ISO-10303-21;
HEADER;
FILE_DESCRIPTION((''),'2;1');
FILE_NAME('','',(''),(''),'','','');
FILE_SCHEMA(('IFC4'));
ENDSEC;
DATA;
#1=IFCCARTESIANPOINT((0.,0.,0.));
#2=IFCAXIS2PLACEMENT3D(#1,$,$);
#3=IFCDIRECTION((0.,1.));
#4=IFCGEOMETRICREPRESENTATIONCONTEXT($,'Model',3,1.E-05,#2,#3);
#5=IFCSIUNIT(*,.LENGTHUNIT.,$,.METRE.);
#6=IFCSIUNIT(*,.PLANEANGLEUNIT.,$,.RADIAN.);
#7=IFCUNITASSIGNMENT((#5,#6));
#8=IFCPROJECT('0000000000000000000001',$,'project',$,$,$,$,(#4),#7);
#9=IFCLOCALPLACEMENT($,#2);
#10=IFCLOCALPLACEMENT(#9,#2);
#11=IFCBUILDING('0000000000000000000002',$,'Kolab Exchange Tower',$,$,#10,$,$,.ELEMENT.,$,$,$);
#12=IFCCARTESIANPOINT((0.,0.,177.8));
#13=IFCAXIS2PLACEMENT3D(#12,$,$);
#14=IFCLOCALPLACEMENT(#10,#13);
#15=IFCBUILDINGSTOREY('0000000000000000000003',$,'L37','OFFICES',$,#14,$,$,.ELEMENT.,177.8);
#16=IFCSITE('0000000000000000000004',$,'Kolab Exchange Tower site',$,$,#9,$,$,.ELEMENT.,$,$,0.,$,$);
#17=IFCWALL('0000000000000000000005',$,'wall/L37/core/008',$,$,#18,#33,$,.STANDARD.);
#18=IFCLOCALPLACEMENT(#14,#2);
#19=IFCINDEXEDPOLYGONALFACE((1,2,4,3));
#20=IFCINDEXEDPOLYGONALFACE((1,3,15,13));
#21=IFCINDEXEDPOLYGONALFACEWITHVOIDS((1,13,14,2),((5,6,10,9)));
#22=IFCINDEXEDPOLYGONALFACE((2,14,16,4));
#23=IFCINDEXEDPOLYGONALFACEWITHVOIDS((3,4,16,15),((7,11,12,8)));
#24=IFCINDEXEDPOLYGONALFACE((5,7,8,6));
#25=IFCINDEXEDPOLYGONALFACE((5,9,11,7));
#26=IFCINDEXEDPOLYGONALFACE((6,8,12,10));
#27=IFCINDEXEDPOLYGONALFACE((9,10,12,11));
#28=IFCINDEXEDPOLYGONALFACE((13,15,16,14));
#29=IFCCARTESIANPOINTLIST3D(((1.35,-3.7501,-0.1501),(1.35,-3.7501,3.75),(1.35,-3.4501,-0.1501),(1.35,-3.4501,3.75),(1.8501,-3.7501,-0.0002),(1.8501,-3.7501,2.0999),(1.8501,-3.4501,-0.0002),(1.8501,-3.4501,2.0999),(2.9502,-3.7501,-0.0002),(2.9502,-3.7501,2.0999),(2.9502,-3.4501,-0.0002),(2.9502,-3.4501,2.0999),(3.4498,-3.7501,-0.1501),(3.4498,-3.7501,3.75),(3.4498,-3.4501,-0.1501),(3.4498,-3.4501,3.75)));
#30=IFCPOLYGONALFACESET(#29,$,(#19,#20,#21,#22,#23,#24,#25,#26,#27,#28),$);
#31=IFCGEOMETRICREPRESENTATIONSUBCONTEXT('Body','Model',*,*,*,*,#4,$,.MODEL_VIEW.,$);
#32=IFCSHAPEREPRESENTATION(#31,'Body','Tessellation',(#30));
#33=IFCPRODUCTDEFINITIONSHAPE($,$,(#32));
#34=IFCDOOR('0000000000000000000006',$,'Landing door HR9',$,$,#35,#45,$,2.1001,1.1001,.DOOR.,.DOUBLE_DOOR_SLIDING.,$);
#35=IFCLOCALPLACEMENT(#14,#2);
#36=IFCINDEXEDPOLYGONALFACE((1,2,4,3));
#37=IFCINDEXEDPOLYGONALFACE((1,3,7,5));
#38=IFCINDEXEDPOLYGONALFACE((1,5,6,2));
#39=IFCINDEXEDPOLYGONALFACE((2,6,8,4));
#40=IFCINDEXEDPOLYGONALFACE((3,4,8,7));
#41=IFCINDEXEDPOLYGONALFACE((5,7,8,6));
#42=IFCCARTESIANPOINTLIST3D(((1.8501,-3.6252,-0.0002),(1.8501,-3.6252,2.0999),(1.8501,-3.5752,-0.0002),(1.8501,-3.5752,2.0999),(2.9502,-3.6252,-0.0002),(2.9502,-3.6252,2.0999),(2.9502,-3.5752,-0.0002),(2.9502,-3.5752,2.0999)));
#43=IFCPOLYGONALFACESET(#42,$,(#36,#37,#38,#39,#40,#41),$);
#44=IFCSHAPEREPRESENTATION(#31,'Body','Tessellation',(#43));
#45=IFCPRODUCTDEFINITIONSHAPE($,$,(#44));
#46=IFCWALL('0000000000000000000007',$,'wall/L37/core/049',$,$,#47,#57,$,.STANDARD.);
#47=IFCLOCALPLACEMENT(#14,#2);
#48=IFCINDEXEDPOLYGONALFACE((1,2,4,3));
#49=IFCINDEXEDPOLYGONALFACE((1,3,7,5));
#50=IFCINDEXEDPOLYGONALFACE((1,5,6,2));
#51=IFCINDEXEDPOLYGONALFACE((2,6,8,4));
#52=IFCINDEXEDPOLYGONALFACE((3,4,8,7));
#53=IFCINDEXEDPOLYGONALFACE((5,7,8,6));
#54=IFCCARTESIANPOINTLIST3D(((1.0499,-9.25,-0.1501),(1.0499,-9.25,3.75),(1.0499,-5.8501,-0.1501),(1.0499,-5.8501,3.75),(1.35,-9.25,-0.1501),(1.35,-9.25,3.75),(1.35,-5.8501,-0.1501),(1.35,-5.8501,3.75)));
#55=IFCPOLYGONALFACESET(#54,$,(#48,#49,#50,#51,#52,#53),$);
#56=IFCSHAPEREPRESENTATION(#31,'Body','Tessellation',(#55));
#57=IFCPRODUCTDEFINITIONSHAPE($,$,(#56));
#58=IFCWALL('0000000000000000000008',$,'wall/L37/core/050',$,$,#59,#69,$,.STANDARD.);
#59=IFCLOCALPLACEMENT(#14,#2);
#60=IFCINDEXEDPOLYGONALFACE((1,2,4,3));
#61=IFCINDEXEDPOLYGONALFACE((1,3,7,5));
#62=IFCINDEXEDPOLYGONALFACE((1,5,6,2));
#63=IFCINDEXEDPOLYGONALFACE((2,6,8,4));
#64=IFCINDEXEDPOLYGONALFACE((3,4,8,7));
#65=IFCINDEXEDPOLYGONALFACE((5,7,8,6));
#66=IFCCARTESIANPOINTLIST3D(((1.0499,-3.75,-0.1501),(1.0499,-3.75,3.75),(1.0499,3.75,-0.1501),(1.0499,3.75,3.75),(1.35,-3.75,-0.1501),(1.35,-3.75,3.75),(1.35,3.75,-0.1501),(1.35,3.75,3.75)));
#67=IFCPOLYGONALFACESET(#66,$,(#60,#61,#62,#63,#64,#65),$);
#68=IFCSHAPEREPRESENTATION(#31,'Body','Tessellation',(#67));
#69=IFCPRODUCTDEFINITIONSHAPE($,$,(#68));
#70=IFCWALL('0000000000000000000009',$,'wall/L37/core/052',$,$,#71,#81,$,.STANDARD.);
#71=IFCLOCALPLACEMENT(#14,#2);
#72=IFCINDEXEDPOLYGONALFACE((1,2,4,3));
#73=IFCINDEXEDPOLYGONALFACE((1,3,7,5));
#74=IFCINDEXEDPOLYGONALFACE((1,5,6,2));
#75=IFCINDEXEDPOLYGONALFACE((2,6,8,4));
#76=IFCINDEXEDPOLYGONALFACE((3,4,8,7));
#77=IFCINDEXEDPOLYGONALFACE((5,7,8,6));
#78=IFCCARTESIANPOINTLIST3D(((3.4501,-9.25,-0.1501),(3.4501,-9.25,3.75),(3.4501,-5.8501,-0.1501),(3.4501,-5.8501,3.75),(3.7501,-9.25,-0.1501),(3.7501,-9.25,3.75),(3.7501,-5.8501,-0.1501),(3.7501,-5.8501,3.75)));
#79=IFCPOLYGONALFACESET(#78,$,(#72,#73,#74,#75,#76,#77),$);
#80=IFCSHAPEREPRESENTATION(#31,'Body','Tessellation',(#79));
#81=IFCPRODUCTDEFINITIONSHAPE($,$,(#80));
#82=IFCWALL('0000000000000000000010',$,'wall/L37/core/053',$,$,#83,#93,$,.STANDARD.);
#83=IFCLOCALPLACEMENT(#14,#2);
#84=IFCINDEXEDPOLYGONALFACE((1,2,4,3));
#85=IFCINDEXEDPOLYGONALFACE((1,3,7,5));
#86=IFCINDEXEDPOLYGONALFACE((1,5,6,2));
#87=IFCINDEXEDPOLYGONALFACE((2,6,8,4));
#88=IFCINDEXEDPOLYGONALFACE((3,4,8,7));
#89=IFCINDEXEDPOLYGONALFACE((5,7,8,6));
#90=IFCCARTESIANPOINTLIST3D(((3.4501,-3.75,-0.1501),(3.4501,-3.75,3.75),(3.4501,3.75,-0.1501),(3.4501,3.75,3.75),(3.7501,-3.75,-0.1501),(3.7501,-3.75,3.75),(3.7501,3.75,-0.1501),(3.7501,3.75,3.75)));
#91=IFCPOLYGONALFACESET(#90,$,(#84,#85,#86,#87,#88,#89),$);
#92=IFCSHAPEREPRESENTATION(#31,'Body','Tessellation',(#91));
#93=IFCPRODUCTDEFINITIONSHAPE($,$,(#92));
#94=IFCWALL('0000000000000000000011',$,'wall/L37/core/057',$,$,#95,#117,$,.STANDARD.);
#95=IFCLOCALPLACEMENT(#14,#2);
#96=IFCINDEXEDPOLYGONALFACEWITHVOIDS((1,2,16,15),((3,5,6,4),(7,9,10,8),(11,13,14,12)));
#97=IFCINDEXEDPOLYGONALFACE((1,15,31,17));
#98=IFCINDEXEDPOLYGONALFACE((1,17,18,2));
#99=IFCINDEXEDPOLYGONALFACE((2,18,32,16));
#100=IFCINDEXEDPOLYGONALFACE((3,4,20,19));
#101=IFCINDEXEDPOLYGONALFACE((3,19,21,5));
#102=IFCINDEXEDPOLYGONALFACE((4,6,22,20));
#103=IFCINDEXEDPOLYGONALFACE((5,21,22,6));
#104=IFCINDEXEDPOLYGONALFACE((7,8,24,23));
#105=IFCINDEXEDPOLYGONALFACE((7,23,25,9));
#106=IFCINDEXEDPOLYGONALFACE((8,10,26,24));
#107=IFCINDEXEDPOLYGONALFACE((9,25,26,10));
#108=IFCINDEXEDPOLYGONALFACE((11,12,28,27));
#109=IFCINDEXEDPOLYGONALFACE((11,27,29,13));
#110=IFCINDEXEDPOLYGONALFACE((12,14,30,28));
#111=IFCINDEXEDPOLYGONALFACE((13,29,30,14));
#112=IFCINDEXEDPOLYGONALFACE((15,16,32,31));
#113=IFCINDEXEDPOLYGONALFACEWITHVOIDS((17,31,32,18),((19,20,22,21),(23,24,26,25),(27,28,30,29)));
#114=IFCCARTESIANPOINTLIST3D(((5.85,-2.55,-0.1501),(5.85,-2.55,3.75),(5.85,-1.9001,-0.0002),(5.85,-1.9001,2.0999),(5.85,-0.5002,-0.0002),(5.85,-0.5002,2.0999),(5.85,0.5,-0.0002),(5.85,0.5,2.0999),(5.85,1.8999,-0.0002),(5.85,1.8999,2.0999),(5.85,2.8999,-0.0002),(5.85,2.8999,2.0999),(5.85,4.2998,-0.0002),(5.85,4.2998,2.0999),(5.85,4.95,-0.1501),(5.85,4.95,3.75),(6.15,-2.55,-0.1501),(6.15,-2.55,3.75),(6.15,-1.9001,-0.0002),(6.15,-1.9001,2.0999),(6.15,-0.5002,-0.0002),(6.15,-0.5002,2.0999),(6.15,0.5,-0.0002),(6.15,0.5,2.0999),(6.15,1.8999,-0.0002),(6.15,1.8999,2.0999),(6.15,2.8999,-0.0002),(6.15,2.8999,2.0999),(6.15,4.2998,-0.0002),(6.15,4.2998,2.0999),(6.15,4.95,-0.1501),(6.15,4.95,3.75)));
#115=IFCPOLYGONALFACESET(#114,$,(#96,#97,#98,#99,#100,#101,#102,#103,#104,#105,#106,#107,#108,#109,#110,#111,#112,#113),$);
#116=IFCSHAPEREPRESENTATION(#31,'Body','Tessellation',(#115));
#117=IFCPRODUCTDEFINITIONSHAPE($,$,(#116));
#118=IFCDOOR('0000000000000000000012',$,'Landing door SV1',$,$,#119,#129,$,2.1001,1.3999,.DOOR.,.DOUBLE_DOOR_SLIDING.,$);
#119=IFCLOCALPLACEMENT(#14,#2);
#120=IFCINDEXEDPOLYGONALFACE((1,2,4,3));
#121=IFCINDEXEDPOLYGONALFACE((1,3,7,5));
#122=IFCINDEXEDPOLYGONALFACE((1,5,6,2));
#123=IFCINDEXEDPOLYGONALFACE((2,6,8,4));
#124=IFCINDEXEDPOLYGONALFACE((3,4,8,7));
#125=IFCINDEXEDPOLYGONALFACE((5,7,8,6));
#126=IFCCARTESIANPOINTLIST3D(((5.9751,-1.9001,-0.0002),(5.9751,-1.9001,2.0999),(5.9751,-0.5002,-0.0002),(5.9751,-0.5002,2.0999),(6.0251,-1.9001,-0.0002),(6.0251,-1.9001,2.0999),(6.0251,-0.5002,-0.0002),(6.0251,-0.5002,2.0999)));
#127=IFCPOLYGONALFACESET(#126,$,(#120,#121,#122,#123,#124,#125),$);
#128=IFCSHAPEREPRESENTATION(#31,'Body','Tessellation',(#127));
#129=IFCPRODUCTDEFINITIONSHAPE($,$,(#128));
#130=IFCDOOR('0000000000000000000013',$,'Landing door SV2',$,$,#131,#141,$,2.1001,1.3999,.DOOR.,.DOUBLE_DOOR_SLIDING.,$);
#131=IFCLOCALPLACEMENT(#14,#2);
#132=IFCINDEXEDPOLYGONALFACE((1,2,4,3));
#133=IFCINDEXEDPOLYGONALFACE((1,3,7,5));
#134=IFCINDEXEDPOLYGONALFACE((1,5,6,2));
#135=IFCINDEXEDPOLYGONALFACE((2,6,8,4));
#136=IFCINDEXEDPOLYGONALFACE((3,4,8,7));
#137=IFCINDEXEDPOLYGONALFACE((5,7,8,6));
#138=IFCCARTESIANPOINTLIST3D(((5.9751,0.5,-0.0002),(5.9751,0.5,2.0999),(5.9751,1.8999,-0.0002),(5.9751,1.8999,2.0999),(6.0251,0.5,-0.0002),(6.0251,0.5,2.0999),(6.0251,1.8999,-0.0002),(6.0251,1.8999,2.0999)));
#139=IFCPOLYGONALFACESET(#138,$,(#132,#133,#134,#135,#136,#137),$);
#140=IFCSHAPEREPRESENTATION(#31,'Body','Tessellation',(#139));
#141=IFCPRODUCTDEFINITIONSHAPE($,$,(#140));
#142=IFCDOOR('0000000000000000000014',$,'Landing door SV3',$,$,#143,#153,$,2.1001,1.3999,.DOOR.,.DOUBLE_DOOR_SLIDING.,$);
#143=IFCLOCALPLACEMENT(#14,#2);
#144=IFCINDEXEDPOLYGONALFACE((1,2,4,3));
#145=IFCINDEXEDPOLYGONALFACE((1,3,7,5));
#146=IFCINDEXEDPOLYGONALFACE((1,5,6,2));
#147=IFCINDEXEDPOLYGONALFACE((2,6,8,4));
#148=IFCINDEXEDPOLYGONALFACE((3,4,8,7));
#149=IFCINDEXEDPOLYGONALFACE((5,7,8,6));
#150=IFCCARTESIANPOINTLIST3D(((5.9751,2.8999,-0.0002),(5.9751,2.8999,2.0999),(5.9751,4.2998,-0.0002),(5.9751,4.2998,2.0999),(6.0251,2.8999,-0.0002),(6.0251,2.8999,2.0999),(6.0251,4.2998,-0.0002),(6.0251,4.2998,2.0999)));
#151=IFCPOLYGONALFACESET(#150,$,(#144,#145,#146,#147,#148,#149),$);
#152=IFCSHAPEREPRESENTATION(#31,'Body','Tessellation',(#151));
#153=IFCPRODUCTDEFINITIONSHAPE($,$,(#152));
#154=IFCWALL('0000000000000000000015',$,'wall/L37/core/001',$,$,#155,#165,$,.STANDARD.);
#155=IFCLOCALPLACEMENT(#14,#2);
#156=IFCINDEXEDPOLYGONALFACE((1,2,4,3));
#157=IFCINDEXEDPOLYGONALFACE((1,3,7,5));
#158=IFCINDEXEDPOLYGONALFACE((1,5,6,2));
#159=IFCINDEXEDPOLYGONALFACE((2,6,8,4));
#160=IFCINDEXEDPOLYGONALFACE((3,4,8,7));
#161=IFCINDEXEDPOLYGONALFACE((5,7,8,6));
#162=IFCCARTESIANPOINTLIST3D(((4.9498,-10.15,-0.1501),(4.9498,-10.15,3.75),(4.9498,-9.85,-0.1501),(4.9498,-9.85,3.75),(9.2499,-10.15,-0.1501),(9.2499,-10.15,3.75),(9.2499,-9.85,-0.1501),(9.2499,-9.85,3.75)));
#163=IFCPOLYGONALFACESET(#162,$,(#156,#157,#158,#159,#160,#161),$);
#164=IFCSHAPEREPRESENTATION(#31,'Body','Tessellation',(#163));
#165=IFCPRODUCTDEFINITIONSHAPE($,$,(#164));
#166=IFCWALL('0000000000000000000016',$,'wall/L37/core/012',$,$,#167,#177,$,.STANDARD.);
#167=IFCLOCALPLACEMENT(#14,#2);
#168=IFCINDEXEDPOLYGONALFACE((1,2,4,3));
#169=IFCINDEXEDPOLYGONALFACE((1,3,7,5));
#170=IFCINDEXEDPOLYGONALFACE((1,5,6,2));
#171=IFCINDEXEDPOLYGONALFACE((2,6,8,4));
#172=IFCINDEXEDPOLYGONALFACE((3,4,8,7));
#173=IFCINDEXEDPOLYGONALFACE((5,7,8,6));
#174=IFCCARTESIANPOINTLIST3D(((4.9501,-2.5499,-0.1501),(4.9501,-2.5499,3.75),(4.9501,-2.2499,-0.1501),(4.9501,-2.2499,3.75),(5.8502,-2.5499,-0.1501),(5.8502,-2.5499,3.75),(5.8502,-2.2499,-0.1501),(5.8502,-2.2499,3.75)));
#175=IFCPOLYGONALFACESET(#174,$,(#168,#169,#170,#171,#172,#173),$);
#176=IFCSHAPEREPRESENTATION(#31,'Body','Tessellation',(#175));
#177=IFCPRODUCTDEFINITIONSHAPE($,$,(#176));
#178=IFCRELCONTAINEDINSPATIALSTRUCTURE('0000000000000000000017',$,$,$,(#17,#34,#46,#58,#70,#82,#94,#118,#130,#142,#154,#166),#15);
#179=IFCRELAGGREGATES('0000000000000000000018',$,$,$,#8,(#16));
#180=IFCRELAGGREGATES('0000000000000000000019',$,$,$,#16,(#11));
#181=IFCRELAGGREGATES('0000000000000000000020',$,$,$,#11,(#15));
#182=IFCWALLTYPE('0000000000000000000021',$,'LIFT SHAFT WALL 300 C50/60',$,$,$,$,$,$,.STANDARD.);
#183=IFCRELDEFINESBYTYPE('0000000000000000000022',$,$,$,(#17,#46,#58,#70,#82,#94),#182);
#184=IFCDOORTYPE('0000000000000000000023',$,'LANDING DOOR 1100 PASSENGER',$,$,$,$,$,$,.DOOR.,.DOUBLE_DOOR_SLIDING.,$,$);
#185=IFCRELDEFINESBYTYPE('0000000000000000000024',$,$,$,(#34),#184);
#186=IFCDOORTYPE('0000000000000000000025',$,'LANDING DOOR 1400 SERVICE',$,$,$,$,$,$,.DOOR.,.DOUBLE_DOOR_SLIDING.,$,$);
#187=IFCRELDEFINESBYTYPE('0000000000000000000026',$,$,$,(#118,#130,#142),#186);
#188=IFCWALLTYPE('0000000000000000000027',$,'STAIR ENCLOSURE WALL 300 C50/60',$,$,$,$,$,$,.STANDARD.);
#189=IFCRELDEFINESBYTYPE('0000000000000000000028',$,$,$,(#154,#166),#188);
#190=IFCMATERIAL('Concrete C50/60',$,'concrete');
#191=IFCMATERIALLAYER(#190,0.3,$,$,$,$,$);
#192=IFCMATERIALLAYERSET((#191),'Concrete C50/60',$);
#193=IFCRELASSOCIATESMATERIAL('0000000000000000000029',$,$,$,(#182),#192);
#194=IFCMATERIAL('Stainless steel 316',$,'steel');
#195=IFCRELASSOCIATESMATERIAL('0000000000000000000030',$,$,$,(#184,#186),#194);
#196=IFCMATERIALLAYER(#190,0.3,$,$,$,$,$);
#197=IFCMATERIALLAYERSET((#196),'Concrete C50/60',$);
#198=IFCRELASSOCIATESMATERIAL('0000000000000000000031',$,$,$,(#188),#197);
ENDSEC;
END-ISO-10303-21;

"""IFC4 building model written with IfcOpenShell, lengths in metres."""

from ifc_helpers import new_model, si_unit, direction, frame, frame_2d, origin, place, context, subcontext, project, spatial, rectangle, extrude, material, layer, layer_set, type_object, element, fill, save


model = new_model("IFC4")

# Units and contexts
model_context = context("Model", 3, precision=1e-05, world=origin(), true_north=direction((0.0, 1.0)))
body_context = subcontext(model_context, "Body", "Model", "MODEL_VIEW")
ifc_project = project(units=[si_unit("LENGTHUNIT", "METRE"), si_unit("PLANEANGLEUNIT", "RADIAN")], contexts=[model_context])

# Site, building, storey
site_placement = place(None, origin())
site = spatial("IfcSite", under=ifc_project, at=site_placement, Name="Kolab Exchange Tower site", CompositionType="ELEMENT", RefElevation=0.0)
building_placement = place(site_placement, origin())
building = spatial("IfcBuilding", under=site, at=building_placement, Name="Kolab Exchange Tower", CompositionType="ELEMENT")
storey_placement = place(building_placement, frame((0.0, 0.0, 177.8)))
storey = spatial("IfcBuildingStorey", under=building, at=storey_placement, Name="L37", Description="OFFICES", CompositionType="ELEMENT", Elevation=177.8)

# Wall, opening, door
ifc_material_1 = material(Name="Concrete C50/60", Category="concrete")
ifc_layer_1 = layer(ifc_material_1, 0.3)
ifc_layer_set_1 = layer_set([ifc_layer_1], Name="Concrete C50/60")
wall_type_1 = type_object("IfcWallType", Name="LIFT SHAFT WALL 300 C50/60", PredefinedType="STANDARD", material=ifc_layer_set_1)
ifc_material_2 = material(Name="Stainless steel 316", Category="steel")
door_type_1 = type_object("IfcDoorType", Name="LANDING DOOR 1100 PASSENGER", OperationType="DOUBLE_DOOR_SLIDING", PredefinedType="DOOR", material=ifc_material_2)
wall_1_placement = place(storey_placement, frame((1.3501, -3.6001, -0.1501), z_axis=(0.0, 0.0, 1.0), x_axis=(1.0, 0.0, 0.0)))
wall_1 = element("IfcWall", 1, at=wall_1_placement, inside=storey, type_object=wall_type_1, Name="wall/L37/core/008", PredefinedType="STANDARD", context=body_context, shape_type="SweptSolid", body=[
    extrude(rectangle(XDim=2.0999, YDim=0.3, at=frame_2d((1.0498, 0.0))), origin(), (0.0, 0.0, 1.0), 3.9001),
])
opening_1_placement = place(wall_1_placement, frame((0.5, 0.0, 0.1499)))
opening_1 = element("IfcOpeningElement", 2, at=opening_1_placement, cuts=wall_1, PredefinedType="OPENING", context=body_context, shape_type="SweptSolid", body=[
    extrude(rectangle(XDim=1.1001, YDim=2.1001, at=frame_2d((0.55, 1.05))), frame((0.0, 0.1602, 0.0), z_axis=(0.0, -1.0, 0.0), x_axis=(1.0, 0.0, 0.0)), (0.0, 0.0, 1.0), 0.3201),
])
door_1_placement = place(opening_1_placement, origin())
door_1 = element("IfcDoor", 3, at=door_1_placement, inside=storey, type_object=door_type_1, Name="Landing door HR9", OperationType="DOUBLE_DOOR_SLIDING", OverallHeight=2.1001, OverallWidth=1.1001, PredefinedType="DOOR", context=body_context, shape_type="SweptSolid", body=[
    extrude(rectangle(XDim=1.1001, YDim=2.1001, at=frame_2d((0.55, 1.05))), frame((0.0, 0.0249, 0.0), z_axis=(0.0, -1.0, 0.0), x_axis=(1.0, 0.0, 0.0)), (0.0, 0.0, 1.0), 0.05),
])
fill(opening_1, door_1)

# Walls
wall_2_placement = place(storey_placement, frame((1.2, -9.25, -0.1501), z_axis=(0.0, 0.0, 1.0), x_axis=(0.0, 1.0, 0.0)))
element("IfcWall", 4, at=wall_2_placement, inside=storey, type_object=wall_type_1, Name="wall/L37/core/049", PredefinedType="STANDARD", context=body_context, shape_type="SweptSolid", body=[
    extrude(rectangle(XDim=3.3999, YDim=0.3, at=frame_2d((1.7, 0.0))), origin(), (0.0, 0.0, 1.0), 3.9001),
])
wall_3_placement = place(storey_placement, frame((1.2, -3.75, -0.1501), z_axis=(0.0, 0.0, 1.0), x_axis=(0.0, 1.0, 0.0)))
element("IfcWall", 5, at=wall_3_placement, inside=storey, type_object=wall_type_1, Name="wall/L37/core/050", PredefinedType="STANDARD", context=body_context, shape_type="SweptSolid", body=[
    extrude(rectangle(XDim=7.5, YDim=0.3, at=frame_2d((3.75, 0.0))), origin(), (0.0, 0.0, 1.0), 3.9001),
])
wall_4_placement = place(storey_placement, frame((3.6001, -9.25, -0.1501), z_axis=(0.0, 0.0, 1.0), x_axis=(0.0, 1.0, 0.0)))
element("IfcWall", 6, at=wall_4_placement, inside=storey, type_object=wall_type_1, Name="wall/L37/core/052", PredefinedType="STANDARD", context=body_context, shape_type="SweptSolid", body=[
    extrude(rectangle(XDim=3.3999, YDim=0.3, at=frame_2d((1.7, 0.0))), origin(), (0.0, 0.0, 1.0), 3.9001),
])
wall_5_placement = place(storey_placement, frame((3.6001, -3.75, -0.1501), z_axis=(0.0, 0.0, 1.0), x_axis=(0.0, 1.0, 0.0)))
element("IfcWall", 7, at=wall_5_placement, inside=storey, type_object=wall_type_1, Name="wall/L37/core/053", PredefinedType="STANDARD", context=body_context, shape_type="SweptSolid", body=[
    extrude(rectangle(XDim=7.5, YDim=0.3, at=frame_2d((3.75, 0.0))), origin(), (0.0, 0.0, 1.0), 3.9001),
])

# Wall, openings, doors
wall_6_placement = place(storey_placement, frame((6.0, -2.55, -0.1501), z_axis=(0.0, 0.0, 1.0), x_axis=(0.0, 1.0, 0.0)))
wall_6 = element("IfcWall", 8, at=wall_6_placement, inside=storey, type_object=wall_type_1, Name="wall/L37/core/057", PredefinedType="STANDARD", context=body_context, shape_type="SweptSolid", body=[
    extrude(rectangle(XDim=7.5, YDim=0.3, at=frame_2d((3.75, 0.0))), origin(), (0.0, 0.0, 1.0), 3.9001),
])
opening_2_placement = place(wall_6_placement, frame((0.6499, 0.0, 0.1499)))
opening_2 = element("IfcOpeningElement", 9, at=opening_2_placement, cuts=wall_6, PredefinedType="OPENING", context=body_context, shape_type="SweptSolid", body=[
    extrude(rectangle(XDim=1.3999, YDim=2.1001, at=frame_2d((0.7, 1.05))), frame((0.0, 0.1602, 0.0), z_axis=(0.0, -1.0, 0.0), x_axis=(1.0, 0.0, 0.0)), (0.0, 0.0, 1.0), 0.3201),
])
opening_3_placement = place(wall_6_placement, frame((3.05, 0.0, 0.1499)))
opening_3 = element("IfcOpeningElement", 10, at=opening_3_placement, cuts=wall_6, PredefinedType="OPENING", context=body_context, shape_type="SweptSolid", body=[
    extrude(rectangle(XDim=1.3999, YDim=2.1001, at=frame_2d((0.7, 1.05))), frame((0.0, 0.1602, 0.0), z_axis=(0.0, -1.0, 0.0), x_axis=(1.0, 0.0, 0.0)), (0.0, 0.0, 1.0), 0.3201),
])
opening_4_placement = place(wall_6_placement, frame((5.45, 0.0, 0.1499)))
opening_4 = element("IfcOpeningElement", 11, at=opening_4_placement, cuts=wall_6, PredefinedType="OPENING", context=body_context, shape_type="SweptSolid", body=[
    extrude(rectangle(XDim=1.3999, YDim=2.1001, at=frame_2d((0.7, 1.05))), frame((0.0, 0.1602, 0.0), z_axis=(0.0, -1.0, 0.0), x_axis=(1.0, 0.0, 0.0)), (0.0, 0.0, 1.0), 0.3201),
])
door_type_2 = type_object("IfcDoorType", Name="LANDING DOOR 1400 SERVICE", OperationType="DOUBLE_DOOR_SLIDING", PredefinedType="DOOR", material=ifc_material_2)
door_2_placement = place(opening_2_placement, origin())
door_2 = element("IfcDoor", 12, at=door_2_placement, inside=storey, type_object=door_type_2, Name="Landing door SV1", OperationType="DOUBLE_DOOR_SLIDING", OverallHeight=2.1001, OverallWidth=1.3999, PredefinedType="DOOR", context=body_context, shape_type="SweptSolid", body=[
    extrude(rectangle(XDim=1.3999, YDim=2.1001, at=frame_2d((0.7, 1.05))), frame((0.0, 0.0249, 0.0), z_axis=(0.0, -1.0, 0.0), x_axis=(1.0, 0.0, 0.0)), (0.0, 0.0, 1.0), 0.05),
])
fill(opening_2, door_2)
door_3_placement = place(opening_3_placement, origin())
door_3 = element("IfcDoor", 13, at=door_3_placement, inside=storey, type_object=door_type_2, Name="Landing door SV2", OperationType="DOUBLE_DOOR_SLIDING", OverallHeight=2.1001, OverallWidth=1.3999, PredefinedType="DOOR", context=body_context, shape_type="SweptSolid", body=[
    extrude(rectangle(XDim=1.3999, YDim=2.1001, at=frame_2d((0.7, 1.05))), frame((0.0, 0.0249, 0.0), z_axis=(0.0, -1.0, 0.0), x_axis=(1.0, 0.0, 0.0)), (0.0, 0.0, 1.0), 0.05),
])
fill(opening_3, door_3)
door_4_placement = place(opening_4_placement, origin())
door_4 = element("IfcDoor", 14, at=door_4_placement, inside=storey, type_object=door_type_2, Name="Landing door SV3", OperationType="DOUBLE_DOOR_SLIDING", OverallHeight=2.1001, OverallWidth=1.3999, PredefinedType="DOOR", context=body_context, shape_type="SweptSolid", body=[
    extrude(rectangle(XDim=1.3999, YDim=2.1001, at=frame_2d((0.7, 1.05))), frame((0.0, 0.0249, 0.0), z_axis=(0.0, -1.0, 0.0), x_axis=(1.0, 0.0, 0.0)), (0.0, 0.0, 1.0), 0.05),
])
fill(opening_4, door_4)

# Walls
ifc_layer_2 = layer(ifc_material_1, 0.3)
ifc_layer_set_2 = layer_set([ifc_layer_2], Name="Concrete C50/60")
wall_type_2 = type_object("IfcWallType", Name="STAIR ENCLOSURE WALL 300 C50/60", PredefinedType="STANDARD", material=ifc_layer_set_2)
wall_7_placement = place(storey_placement, frame((4.95, -10.0, -0.1501), z_axis=(0.0, 0.0, 1.0), x_axis=(1.0, 0.0, 0.0)))
element("IfcWall", 15, at=wall_7_placement, inside=storey, type_object=wall_type_2, Name="wall/L37/core/001", PredefinedType="STANDARD", context=body_context, shape_type="SweptSolid", body=[
    extrude(rectangle(XDim=4.3, YDim=0.3, at=frame_2d((2.1499, 0.0))), origin(), (0.0, 0.0, 1.0), 3.9001),
])
wall_8_placement = place(storey_placement, frame((4.95, -2.3999, -0.1501), z_axis=(0.0, 0.0, 1.0), x_axis=(1.0, 0.0, 0.0)))
element("IfcWall", 16, at=wall_8_placement, inside=storey, type_object=wall_type_2, Name="wall/L37/core/012", PredefinedType="STANDARD", context=body_context, shape_type="SweptSolid", body=[
    extrude(rectangle(XDim=0.9001, YDim=0.3, at=frame_2d((0.4502, 0.0))), origin(), (0.0, 0.0, 1.0), 3.9001),
])

save(model, "model.ifc")
